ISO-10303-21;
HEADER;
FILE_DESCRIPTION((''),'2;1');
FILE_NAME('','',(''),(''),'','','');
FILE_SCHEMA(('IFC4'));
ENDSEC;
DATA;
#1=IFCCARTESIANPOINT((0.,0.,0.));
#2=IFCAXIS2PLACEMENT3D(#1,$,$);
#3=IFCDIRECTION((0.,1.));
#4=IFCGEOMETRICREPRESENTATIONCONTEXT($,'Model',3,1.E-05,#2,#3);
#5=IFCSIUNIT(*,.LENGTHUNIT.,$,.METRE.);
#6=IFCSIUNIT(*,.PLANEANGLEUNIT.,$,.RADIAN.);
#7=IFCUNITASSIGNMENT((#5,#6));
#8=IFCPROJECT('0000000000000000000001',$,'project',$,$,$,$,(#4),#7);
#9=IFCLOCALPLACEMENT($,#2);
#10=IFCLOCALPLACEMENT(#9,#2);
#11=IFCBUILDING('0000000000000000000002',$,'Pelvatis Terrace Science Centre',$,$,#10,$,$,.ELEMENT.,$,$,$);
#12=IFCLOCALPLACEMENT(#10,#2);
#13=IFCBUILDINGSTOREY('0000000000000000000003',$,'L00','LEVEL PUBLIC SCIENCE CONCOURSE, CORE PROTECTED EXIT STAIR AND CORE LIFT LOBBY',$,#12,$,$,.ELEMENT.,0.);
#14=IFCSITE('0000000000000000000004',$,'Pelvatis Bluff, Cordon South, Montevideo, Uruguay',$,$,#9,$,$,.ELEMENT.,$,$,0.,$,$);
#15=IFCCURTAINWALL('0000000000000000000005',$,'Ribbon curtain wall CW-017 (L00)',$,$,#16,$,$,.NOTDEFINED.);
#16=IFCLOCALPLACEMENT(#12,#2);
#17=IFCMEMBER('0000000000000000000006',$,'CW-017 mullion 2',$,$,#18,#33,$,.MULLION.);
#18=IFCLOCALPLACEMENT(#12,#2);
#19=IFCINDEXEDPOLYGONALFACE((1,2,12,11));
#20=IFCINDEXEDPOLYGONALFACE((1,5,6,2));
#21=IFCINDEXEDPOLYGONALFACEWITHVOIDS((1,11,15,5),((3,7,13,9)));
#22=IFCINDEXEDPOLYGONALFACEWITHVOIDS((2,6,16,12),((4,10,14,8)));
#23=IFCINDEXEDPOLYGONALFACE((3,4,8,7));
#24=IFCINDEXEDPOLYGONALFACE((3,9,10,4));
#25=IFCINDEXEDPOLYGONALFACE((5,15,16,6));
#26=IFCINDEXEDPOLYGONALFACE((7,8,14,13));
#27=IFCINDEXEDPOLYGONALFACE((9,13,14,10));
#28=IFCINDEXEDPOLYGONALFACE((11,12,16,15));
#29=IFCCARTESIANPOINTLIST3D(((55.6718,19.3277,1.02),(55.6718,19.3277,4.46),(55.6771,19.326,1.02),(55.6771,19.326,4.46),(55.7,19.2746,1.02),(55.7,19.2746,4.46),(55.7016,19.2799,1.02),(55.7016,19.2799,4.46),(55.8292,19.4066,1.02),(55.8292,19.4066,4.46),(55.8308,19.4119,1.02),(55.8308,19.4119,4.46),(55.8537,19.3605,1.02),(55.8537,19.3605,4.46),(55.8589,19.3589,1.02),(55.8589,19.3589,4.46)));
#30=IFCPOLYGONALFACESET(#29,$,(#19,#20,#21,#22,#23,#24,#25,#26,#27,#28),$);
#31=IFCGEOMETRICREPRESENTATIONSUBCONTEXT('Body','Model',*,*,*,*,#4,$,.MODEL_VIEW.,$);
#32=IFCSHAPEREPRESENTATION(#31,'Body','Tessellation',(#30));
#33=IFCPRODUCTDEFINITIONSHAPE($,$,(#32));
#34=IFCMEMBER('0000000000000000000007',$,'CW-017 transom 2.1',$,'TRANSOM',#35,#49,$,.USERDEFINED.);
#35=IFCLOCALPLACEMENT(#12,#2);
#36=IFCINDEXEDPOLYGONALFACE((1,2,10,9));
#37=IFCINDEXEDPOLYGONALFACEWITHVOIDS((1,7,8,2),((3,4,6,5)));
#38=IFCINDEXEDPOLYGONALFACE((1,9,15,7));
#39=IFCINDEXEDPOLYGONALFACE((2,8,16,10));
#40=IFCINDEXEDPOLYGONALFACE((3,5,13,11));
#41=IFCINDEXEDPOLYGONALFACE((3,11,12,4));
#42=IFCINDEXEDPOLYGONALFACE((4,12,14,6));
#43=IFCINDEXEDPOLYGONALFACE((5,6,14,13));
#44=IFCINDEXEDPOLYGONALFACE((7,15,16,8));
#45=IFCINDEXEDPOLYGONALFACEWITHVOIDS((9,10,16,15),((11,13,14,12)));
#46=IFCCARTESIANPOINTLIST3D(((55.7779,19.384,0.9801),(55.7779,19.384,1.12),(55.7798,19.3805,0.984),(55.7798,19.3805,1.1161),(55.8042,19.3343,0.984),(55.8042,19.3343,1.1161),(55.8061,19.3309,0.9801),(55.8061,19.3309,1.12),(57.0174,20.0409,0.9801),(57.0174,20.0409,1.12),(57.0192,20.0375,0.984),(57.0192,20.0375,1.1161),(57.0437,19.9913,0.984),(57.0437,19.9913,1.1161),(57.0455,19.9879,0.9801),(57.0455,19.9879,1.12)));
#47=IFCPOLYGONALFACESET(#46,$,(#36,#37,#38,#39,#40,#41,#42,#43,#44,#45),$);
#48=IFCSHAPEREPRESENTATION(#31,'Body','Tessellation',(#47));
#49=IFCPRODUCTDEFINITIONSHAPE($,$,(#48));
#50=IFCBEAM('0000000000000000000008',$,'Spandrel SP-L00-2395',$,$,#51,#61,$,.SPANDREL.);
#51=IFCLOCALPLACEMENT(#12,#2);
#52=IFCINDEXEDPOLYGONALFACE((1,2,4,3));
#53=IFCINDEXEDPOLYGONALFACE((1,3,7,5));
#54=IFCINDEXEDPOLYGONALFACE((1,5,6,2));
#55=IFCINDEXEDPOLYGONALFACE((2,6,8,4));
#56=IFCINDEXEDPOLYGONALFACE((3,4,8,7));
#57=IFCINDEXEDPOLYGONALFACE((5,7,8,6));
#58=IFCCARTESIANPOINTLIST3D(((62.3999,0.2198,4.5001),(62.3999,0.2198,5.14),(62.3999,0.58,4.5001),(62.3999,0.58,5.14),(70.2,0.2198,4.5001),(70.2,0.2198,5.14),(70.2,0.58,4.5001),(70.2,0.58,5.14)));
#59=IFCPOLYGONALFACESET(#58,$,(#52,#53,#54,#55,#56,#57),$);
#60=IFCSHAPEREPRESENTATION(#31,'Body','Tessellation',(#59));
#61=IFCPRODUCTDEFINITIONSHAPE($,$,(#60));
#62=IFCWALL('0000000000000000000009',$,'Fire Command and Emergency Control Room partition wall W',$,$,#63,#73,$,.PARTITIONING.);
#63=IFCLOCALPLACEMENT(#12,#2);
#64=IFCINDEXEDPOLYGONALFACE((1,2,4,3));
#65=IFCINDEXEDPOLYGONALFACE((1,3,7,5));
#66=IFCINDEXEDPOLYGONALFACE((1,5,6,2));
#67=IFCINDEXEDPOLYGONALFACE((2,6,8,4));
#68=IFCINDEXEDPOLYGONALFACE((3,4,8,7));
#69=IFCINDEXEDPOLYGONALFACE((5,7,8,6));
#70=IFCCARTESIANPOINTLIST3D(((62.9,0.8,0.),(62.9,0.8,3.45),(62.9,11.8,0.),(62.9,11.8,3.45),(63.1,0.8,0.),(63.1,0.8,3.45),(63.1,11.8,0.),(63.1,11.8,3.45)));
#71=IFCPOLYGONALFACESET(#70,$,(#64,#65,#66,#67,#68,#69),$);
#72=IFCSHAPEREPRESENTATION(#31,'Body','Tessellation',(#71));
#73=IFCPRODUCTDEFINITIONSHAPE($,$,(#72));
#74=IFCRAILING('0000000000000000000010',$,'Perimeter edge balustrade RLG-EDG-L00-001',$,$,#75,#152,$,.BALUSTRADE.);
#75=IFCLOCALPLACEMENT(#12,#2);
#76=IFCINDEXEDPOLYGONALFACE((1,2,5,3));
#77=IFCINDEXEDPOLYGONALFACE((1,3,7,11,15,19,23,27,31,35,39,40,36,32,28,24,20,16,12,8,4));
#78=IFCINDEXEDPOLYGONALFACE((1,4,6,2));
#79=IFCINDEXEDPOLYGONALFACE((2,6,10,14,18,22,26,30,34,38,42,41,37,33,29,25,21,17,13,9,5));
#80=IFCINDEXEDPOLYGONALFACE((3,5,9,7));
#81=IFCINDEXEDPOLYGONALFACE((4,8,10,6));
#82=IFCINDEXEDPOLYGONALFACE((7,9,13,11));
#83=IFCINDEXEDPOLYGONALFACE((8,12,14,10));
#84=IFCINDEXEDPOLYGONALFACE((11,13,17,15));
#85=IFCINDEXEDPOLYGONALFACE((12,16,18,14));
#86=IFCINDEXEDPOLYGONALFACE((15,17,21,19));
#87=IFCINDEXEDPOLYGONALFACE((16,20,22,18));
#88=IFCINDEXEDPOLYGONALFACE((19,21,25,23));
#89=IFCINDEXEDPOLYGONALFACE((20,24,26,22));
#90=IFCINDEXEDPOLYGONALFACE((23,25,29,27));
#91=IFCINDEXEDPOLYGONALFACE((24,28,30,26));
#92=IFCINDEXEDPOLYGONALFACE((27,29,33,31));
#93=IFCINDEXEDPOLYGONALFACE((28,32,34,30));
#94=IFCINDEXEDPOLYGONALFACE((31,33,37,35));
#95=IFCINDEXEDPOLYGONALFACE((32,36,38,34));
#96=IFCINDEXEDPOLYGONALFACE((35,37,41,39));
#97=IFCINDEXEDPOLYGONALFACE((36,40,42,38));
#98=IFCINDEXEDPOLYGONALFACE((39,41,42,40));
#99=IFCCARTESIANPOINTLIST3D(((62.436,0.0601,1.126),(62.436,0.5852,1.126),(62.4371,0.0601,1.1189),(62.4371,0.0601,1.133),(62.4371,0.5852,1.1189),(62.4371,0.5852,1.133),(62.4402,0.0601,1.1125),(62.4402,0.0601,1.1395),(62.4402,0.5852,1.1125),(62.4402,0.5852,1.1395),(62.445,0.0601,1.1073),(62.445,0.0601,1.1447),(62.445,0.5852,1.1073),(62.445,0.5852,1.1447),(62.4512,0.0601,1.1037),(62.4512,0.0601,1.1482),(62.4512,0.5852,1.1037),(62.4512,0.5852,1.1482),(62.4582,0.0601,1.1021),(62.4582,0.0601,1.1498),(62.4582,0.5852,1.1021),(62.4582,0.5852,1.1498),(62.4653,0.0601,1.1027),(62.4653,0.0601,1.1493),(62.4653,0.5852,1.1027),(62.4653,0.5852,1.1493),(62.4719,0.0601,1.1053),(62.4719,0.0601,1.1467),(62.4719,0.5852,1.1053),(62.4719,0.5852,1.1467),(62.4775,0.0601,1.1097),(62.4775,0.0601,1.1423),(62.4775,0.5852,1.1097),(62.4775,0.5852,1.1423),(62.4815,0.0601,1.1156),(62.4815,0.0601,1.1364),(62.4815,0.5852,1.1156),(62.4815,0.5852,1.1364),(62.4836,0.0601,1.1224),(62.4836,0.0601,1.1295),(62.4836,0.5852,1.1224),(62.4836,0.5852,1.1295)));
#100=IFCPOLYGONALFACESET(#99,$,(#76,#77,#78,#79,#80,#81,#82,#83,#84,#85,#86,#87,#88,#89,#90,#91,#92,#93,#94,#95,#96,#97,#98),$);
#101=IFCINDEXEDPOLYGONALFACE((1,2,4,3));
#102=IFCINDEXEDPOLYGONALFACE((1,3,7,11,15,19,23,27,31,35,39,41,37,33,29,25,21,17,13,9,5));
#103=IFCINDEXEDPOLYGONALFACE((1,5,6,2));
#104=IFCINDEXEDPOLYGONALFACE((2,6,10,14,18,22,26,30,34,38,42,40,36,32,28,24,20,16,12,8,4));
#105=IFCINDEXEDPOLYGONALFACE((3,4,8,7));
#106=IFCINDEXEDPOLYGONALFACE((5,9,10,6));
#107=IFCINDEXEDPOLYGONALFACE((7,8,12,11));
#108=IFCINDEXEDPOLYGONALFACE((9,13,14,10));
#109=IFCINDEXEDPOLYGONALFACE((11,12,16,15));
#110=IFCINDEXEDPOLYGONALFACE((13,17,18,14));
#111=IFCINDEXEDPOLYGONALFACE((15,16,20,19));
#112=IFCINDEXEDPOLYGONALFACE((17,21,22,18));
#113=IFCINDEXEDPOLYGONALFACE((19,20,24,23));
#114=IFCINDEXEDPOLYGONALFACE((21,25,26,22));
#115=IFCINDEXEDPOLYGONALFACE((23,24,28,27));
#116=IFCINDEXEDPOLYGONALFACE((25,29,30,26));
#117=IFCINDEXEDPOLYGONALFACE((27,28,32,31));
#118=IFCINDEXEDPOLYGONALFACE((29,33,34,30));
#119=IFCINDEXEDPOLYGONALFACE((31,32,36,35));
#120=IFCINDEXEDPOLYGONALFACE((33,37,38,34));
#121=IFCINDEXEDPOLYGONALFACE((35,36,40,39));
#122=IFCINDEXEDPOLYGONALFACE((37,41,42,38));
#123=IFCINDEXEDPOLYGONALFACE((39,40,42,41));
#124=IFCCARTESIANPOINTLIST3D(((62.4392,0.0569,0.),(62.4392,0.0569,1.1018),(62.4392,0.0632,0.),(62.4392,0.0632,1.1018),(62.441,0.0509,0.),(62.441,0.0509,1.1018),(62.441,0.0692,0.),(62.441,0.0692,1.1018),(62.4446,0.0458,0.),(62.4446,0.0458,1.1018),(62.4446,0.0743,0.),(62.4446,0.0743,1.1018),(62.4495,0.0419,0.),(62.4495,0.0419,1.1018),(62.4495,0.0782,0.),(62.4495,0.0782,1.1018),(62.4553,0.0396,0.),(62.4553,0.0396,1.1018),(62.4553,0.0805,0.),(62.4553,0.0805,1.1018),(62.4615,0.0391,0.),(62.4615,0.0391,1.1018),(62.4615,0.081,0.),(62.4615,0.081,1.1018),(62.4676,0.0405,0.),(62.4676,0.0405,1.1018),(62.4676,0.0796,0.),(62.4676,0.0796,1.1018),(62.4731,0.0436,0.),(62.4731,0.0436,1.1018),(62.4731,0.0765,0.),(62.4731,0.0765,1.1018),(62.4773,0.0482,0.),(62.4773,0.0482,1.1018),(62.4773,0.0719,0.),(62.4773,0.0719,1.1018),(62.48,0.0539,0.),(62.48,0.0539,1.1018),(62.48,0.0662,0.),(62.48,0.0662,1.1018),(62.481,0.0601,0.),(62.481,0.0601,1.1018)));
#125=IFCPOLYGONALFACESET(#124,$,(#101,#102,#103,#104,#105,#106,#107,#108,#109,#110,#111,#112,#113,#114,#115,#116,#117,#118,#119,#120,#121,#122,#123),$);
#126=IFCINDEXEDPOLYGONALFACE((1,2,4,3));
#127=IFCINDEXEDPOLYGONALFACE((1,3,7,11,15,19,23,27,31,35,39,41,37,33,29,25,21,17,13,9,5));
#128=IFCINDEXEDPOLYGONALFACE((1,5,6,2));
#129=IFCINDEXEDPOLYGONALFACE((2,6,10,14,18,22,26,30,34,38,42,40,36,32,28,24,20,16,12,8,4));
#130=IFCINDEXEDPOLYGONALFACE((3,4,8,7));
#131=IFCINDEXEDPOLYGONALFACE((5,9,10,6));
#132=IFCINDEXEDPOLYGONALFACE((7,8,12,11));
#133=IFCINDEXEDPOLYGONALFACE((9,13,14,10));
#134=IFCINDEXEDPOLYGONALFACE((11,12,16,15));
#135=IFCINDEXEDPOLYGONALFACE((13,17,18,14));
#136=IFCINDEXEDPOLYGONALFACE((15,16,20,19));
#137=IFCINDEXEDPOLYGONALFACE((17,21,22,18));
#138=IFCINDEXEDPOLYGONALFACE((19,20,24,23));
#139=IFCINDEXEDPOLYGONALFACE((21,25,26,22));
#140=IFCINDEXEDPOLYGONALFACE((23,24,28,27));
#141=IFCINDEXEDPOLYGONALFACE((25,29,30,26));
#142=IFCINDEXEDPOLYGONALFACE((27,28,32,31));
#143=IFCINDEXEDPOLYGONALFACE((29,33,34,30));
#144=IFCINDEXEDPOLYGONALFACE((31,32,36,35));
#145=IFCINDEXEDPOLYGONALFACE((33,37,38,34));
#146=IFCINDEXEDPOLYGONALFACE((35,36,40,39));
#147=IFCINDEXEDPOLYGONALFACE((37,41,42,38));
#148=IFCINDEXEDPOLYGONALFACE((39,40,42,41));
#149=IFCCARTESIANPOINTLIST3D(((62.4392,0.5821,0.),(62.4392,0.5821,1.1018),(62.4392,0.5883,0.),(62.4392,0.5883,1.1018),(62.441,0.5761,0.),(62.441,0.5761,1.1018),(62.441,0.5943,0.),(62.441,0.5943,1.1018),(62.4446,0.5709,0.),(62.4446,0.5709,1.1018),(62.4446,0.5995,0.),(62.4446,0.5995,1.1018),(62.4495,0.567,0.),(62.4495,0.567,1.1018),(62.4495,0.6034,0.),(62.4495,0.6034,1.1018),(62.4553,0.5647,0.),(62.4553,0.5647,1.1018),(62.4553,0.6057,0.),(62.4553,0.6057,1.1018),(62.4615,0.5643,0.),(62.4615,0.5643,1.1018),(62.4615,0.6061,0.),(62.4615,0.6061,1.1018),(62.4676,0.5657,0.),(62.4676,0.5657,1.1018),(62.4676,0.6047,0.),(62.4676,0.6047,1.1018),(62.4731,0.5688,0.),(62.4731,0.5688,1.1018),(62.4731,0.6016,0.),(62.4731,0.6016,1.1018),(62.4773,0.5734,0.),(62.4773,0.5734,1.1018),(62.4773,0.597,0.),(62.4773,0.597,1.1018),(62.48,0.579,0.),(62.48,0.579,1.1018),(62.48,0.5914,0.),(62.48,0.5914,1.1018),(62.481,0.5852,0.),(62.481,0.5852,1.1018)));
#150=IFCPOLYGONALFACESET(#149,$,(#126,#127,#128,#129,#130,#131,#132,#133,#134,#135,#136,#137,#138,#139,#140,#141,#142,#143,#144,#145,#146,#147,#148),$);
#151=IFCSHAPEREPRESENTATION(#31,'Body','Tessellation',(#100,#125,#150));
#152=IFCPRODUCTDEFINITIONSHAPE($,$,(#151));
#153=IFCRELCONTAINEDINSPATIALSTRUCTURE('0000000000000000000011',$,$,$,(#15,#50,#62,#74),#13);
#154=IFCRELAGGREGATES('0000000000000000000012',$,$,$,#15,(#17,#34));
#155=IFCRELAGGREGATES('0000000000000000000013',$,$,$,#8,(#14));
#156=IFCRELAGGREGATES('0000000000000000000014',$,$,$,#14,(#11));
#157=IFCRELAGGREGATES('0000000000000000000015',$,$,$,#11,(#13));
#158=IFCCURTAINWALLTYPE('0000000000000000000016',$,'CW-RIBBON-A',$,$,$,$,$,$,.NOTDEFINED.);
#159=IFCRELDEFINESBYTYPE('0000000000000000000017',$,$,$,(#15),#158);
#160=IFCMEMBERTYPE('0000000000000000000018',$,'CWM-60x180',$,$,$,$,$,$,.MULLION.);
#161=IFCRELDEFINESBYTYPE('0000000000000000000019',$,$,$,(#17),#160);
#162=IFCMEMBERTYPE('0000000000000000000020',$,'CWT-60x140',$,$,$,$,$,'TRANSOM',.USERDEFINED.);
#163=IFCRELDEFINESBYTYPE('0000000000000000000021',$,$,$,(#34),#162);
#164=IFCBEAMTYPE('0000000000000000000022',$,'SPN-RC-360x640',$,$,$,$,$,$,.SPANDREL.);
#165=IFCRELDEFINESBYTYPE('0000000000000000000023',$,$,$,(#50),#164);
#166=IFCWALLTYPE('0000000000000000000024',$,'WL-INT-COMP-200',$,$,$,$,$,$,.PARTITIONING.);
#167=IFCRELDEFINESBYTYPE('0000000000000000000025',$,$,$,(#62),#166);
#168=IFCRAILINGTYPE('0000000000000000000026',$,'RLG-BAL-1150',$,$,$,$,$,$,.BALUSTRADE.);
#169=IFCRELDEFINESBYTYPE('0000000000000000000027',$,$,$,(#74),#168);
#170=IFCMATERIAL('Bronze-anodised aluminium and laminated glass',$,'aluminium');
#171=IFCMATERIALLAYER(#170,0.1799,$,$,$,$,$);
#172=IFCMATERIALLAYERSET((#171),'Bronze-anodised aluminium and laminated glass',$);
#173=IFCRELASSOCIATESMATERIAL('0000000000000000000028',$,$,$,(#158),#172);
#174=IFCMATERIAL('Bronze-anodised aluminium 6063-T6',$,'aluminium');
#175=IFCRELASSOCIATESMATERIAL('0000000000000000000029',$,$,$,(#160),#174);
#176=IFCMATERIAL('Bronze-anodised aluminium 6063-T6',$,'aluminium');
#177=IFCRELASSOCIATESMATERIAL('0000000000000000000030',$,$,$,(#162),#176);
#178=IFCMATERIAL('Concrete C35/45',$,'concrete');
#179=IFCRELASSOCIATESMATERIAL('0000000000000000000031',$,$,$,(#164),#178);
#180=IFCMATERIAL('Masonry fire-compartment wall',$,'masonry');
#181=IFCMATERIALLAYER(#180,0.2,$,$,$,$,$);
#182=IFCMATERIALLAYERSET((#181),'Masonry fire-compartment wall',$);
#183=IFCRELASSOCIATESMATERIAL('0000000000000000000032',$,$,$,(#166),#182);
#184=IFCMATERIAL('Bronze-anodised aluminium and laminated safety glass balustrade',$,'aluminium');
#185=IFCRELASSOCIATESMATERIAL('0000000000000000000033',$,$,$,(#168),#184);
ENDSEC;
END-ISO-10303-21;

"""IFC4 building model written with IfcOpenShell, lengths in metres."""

from ifc_helpers import new_model, si_unit, direction, frame, frame_2d, origin, origin_2d, place, context, subcontext, project, spatial, rectangle, hollow_rectangle, circle, extrude, material, layer, layer_set, material_profile, profile_set, type_object, element, aggregate, save


model = new_model("IFC4")

# Units and contexts
model_context = context("Model", 3, precision=1e-05, world=origin(), true_north=direction((0.0, 1.0)))
body_context = subcontext(model_context, "Body", "Model", "MODEL_VIEW")
ifc_project = project(units=[si_unit("LENGTHUNIT", "METRE"), si_unit("PLANEANGLEUNIT", "RADIAN")], contexts=[model_context])

# Site, building, storey
site_placement = place(None, origin())
site = spatial("IfcSite", under=ifc_project, at=site_placement, Name="Pelvatis Bluff, Cordon South, Montevideo, Uruguay", CompositionType="ELEMENT", RefElevation=0.0)
building_placement = place(site_placement, origin())
building = spatial("IfcBuilding", under=site, at=building_placement, Name="Pelvatis Terrace Science Centre", CompositionType="ELEMENT")
storey_placement = place(building_placement, origin())
storey = spatial("IfcBuildingStorey", under=building, at=storey_placement, Name="L00", Description="LEVEL PUBLIC SCIENCE CONCOURSE, CORE PROTECTED EXIT STAIR AND CORE LIFT LOBBY", CompositionType="ELEMENT", Elevation=0.0)

# Curtain wall, members
ifc_material_1 = material(Name="Bronze-anodised aluminium and laminated glass", Category="aluminium")
ifc_layer_1 = layer(ifc_material_1, 0.1799)
ifc_layer_set_1 = layer_set([ifc_layer_1], Name="Bronze-anodised aluminium and laminated glass")
curtain_wall_type = type_object("IfcCurtainWallType", Name="CW-RIBBON-A", PredefinedType="NOTDEFINED", material=ifc_layer_set_1)
curtain_wall_placement = place(storey_placement, origin())
curtain_wall = element("IfcCurtainWall", 1, at=curtain_wall_placement, inside=storey, type_object=curtain_wall_type, Name="Ribbon curtain wall CW-017 (L00)", PredefinedType="NOTDEFINED")
ifc_material_2 = material(Name="Bronze-anodised aluminium 6063-T6", Category="aluminium")
ifc_material_profile_1 = material_profile(ifc_material_2, hollow_rectangle(XDim=0.0601, YDim=0.1799, WallThickness=0.0039, at=origin_2d()), Name="ALU-MUL 60x180")
ifc_profile_set_1 = profile_set([ifc_material_profile_1], Name="Bronze-anodised aluminium 6063-T6")
member_type_1 = type_object("IfcMemberType", Name="CWM-60x180", PredefinedType="MULLION", material=ifc_profile_set_1)
member_1_placement = place(storey_placement, frame((55.7654, 19.3433, 1.02), z_axis=(0.0, 0.0, 1.0), x_axis=(-0.468298, 0.883571, 0.0)))
member_1 = element("IfcMember", 2, at=member_1_placement, type_object=member_type_1, Name="CW-017 mullion 2", PredefinedType="MULLION", context=body_context, shape_type="SweptSolid", body=[
    extrude(hollow_rectangle(XDim=0.0601, YDim=0.1799, WallThickness=0.0039, at=origin_2d()), origin(), (0.0, 0.0, 1.0), 3.4399),
])
ifc_material_3 = material(Name="Bronze-anodised aluminium 6063-T6", Category="aluminium")
ifc_material_profile_2 = material_profile(ifc_material_3, hollow_rectangle(XDim=0.0601, YDim=0.1399, WallThickness=0.0039, at=origin_2d()), Name="ALU-TRN 60x140")
ifc_profile_set_2 = profile_set([ifc_material_profile_2], Name="Bronze-anodised aluminium 6063-T6")
member_type_2 = type_object("IfcMemberType", Name="CWT-60x140", ElementType="TRANSOM", PredefinedType="USERDEFINED", material=ifc_profile_set_2)
member_2_placement = place(storey_placement, frame((55.792, 19.3574, 1.05), z_axis=(0.883559, 0.468319, 0.0), x_axis=(-0.468319, 0.883559, 0.0)))
member_2 = element("IfcMember", 3, at=member_2_placement, type_object=member_type_2, Name="CW-017 transom 2.1", ObjectType="TRANSOM", PredefinedType="USERDEFINED", context=body_context, shape_type="SweptSolid", body=[
    extrude(hollow_rectangle(XDim=0.0601, YDim=0.1399, WallThickness=0.0039, at=origin_2d()), origin(), (0.0, 0.0, 1.0), 1.4028),
])
aggregate(curtain_wall, [member_1, member_2])

# Beam
ifc_material_4 = material(Name="Concrete C35/45", Category="concrete")
ifc_material_profile_3 = material_profile(ifc_material_4, rectangle(XDim=0.3601, YDim=0.6399, at=origin_2d()), Name="RC-SPN 360x640")
ifc_profile_set_3 = profile_set([ifc_material_profile_3], Name="Concrete C35/45")
beam_type_1 = type_object("IfcBeamType", Name="SPN-RC-360x640", PredefinedType="SPANDREL", material=ifc_profile_set_3)
beam_1_placement = place(storey_placement, frame((62.3999, 0.3999, 4.8201), z_axis=(1.0, 0.0, 0.0), x_axis=(0.0, 1.0, 0.0)))
element("IfcBeam", 4, at=beam_1_placement, inside=storey, type_object=beam_type_1, Name="Spandrel SP-L00-2395", PredefinedType="SPANDREL", context=body_context, shape_type="SweptSolid", body=[
    extrude(rectangle(XDim=0.3601, YDim=0.6399, at=origin_2d()), origin(), (0.0, 0.0, 1.0), 7.8),
])

# Wall
ifc_material_5 = material(Name="Masonry fire-compartment wall", Category="masonry")
ifc_layer_2 = layer(ifc_material_5, 0.2)
ifc_layer_set_2 = layer_set([ifc_layer_2], Name="Masonry fire-compartment wall")
wall_type = type_object("IfcWallType", Name="WL-INT-COMP-200", PredefinedType="PARTITIONING", material=ifc_layer_set_2)
wall_placement = place(storey_placement, frame((63.0, 11.8, 0.0), z_axis=(0.0, 0.0, 1.0), x_axis=(0.0, -1.0, 0.0)))
element("IfcWall", 5, at=wall_placement, inside=storey, type_object=wall_type, Name="Fire Command and Emergency Control Room partition wall W", PredefinedType="PARTITIONING", context=body_context, shape_type="SweptSolid", body=[
    extrude(rectangle(XDim=11.0, YDim=0.2, at=frame_2d((5.5, 0.0))), origin(), (0.0, 0.0, 1.0), 3.45),
])

# Railing
ifc_material_6 = material(Name="Bronze-anodised aluminium and laminated safety glass balustrade", Category="aluminium")
railing_type = type_object("IfcRailingType", Name="RLG-BAL-1150", PredefinedType="BALUSTRADE", material=ifc_material_6)
railing_1_placement = place(storey_placement, frame((62.46, 0.0601, 0.0)))
element("IfcRailing", 6, at=railing_1_placement, inside=storey, type_object=railing_type, Name="Perimeter edge balustrade RLG-EDG-L00-001", PredefinedType="BALUSTRADE", context=body_context, shape_type="SweptSolid", body=[
    extrude(circle(Radius=0.0239, at=origin_2d()), frame((0.0, 0.0, 1.126), z_axis=(0.0, 1.0, 0.0), x_axis=(-1.0, 0.0, 0.0)), (0.0, 0.0, 1.0), 0.5251),
    extrude(circle(Radius=0.021, at=origin_2d()), origin(), (0.0, 0.0, 1.0), 1.1018),
    extrude(circle(Radius=0.021, at=origin_2d()), frame((0.0, 0.5251, 0.0)), (0.0, 0.0, 1.0), 1.1018),
])

save(model, "model.ifc")
